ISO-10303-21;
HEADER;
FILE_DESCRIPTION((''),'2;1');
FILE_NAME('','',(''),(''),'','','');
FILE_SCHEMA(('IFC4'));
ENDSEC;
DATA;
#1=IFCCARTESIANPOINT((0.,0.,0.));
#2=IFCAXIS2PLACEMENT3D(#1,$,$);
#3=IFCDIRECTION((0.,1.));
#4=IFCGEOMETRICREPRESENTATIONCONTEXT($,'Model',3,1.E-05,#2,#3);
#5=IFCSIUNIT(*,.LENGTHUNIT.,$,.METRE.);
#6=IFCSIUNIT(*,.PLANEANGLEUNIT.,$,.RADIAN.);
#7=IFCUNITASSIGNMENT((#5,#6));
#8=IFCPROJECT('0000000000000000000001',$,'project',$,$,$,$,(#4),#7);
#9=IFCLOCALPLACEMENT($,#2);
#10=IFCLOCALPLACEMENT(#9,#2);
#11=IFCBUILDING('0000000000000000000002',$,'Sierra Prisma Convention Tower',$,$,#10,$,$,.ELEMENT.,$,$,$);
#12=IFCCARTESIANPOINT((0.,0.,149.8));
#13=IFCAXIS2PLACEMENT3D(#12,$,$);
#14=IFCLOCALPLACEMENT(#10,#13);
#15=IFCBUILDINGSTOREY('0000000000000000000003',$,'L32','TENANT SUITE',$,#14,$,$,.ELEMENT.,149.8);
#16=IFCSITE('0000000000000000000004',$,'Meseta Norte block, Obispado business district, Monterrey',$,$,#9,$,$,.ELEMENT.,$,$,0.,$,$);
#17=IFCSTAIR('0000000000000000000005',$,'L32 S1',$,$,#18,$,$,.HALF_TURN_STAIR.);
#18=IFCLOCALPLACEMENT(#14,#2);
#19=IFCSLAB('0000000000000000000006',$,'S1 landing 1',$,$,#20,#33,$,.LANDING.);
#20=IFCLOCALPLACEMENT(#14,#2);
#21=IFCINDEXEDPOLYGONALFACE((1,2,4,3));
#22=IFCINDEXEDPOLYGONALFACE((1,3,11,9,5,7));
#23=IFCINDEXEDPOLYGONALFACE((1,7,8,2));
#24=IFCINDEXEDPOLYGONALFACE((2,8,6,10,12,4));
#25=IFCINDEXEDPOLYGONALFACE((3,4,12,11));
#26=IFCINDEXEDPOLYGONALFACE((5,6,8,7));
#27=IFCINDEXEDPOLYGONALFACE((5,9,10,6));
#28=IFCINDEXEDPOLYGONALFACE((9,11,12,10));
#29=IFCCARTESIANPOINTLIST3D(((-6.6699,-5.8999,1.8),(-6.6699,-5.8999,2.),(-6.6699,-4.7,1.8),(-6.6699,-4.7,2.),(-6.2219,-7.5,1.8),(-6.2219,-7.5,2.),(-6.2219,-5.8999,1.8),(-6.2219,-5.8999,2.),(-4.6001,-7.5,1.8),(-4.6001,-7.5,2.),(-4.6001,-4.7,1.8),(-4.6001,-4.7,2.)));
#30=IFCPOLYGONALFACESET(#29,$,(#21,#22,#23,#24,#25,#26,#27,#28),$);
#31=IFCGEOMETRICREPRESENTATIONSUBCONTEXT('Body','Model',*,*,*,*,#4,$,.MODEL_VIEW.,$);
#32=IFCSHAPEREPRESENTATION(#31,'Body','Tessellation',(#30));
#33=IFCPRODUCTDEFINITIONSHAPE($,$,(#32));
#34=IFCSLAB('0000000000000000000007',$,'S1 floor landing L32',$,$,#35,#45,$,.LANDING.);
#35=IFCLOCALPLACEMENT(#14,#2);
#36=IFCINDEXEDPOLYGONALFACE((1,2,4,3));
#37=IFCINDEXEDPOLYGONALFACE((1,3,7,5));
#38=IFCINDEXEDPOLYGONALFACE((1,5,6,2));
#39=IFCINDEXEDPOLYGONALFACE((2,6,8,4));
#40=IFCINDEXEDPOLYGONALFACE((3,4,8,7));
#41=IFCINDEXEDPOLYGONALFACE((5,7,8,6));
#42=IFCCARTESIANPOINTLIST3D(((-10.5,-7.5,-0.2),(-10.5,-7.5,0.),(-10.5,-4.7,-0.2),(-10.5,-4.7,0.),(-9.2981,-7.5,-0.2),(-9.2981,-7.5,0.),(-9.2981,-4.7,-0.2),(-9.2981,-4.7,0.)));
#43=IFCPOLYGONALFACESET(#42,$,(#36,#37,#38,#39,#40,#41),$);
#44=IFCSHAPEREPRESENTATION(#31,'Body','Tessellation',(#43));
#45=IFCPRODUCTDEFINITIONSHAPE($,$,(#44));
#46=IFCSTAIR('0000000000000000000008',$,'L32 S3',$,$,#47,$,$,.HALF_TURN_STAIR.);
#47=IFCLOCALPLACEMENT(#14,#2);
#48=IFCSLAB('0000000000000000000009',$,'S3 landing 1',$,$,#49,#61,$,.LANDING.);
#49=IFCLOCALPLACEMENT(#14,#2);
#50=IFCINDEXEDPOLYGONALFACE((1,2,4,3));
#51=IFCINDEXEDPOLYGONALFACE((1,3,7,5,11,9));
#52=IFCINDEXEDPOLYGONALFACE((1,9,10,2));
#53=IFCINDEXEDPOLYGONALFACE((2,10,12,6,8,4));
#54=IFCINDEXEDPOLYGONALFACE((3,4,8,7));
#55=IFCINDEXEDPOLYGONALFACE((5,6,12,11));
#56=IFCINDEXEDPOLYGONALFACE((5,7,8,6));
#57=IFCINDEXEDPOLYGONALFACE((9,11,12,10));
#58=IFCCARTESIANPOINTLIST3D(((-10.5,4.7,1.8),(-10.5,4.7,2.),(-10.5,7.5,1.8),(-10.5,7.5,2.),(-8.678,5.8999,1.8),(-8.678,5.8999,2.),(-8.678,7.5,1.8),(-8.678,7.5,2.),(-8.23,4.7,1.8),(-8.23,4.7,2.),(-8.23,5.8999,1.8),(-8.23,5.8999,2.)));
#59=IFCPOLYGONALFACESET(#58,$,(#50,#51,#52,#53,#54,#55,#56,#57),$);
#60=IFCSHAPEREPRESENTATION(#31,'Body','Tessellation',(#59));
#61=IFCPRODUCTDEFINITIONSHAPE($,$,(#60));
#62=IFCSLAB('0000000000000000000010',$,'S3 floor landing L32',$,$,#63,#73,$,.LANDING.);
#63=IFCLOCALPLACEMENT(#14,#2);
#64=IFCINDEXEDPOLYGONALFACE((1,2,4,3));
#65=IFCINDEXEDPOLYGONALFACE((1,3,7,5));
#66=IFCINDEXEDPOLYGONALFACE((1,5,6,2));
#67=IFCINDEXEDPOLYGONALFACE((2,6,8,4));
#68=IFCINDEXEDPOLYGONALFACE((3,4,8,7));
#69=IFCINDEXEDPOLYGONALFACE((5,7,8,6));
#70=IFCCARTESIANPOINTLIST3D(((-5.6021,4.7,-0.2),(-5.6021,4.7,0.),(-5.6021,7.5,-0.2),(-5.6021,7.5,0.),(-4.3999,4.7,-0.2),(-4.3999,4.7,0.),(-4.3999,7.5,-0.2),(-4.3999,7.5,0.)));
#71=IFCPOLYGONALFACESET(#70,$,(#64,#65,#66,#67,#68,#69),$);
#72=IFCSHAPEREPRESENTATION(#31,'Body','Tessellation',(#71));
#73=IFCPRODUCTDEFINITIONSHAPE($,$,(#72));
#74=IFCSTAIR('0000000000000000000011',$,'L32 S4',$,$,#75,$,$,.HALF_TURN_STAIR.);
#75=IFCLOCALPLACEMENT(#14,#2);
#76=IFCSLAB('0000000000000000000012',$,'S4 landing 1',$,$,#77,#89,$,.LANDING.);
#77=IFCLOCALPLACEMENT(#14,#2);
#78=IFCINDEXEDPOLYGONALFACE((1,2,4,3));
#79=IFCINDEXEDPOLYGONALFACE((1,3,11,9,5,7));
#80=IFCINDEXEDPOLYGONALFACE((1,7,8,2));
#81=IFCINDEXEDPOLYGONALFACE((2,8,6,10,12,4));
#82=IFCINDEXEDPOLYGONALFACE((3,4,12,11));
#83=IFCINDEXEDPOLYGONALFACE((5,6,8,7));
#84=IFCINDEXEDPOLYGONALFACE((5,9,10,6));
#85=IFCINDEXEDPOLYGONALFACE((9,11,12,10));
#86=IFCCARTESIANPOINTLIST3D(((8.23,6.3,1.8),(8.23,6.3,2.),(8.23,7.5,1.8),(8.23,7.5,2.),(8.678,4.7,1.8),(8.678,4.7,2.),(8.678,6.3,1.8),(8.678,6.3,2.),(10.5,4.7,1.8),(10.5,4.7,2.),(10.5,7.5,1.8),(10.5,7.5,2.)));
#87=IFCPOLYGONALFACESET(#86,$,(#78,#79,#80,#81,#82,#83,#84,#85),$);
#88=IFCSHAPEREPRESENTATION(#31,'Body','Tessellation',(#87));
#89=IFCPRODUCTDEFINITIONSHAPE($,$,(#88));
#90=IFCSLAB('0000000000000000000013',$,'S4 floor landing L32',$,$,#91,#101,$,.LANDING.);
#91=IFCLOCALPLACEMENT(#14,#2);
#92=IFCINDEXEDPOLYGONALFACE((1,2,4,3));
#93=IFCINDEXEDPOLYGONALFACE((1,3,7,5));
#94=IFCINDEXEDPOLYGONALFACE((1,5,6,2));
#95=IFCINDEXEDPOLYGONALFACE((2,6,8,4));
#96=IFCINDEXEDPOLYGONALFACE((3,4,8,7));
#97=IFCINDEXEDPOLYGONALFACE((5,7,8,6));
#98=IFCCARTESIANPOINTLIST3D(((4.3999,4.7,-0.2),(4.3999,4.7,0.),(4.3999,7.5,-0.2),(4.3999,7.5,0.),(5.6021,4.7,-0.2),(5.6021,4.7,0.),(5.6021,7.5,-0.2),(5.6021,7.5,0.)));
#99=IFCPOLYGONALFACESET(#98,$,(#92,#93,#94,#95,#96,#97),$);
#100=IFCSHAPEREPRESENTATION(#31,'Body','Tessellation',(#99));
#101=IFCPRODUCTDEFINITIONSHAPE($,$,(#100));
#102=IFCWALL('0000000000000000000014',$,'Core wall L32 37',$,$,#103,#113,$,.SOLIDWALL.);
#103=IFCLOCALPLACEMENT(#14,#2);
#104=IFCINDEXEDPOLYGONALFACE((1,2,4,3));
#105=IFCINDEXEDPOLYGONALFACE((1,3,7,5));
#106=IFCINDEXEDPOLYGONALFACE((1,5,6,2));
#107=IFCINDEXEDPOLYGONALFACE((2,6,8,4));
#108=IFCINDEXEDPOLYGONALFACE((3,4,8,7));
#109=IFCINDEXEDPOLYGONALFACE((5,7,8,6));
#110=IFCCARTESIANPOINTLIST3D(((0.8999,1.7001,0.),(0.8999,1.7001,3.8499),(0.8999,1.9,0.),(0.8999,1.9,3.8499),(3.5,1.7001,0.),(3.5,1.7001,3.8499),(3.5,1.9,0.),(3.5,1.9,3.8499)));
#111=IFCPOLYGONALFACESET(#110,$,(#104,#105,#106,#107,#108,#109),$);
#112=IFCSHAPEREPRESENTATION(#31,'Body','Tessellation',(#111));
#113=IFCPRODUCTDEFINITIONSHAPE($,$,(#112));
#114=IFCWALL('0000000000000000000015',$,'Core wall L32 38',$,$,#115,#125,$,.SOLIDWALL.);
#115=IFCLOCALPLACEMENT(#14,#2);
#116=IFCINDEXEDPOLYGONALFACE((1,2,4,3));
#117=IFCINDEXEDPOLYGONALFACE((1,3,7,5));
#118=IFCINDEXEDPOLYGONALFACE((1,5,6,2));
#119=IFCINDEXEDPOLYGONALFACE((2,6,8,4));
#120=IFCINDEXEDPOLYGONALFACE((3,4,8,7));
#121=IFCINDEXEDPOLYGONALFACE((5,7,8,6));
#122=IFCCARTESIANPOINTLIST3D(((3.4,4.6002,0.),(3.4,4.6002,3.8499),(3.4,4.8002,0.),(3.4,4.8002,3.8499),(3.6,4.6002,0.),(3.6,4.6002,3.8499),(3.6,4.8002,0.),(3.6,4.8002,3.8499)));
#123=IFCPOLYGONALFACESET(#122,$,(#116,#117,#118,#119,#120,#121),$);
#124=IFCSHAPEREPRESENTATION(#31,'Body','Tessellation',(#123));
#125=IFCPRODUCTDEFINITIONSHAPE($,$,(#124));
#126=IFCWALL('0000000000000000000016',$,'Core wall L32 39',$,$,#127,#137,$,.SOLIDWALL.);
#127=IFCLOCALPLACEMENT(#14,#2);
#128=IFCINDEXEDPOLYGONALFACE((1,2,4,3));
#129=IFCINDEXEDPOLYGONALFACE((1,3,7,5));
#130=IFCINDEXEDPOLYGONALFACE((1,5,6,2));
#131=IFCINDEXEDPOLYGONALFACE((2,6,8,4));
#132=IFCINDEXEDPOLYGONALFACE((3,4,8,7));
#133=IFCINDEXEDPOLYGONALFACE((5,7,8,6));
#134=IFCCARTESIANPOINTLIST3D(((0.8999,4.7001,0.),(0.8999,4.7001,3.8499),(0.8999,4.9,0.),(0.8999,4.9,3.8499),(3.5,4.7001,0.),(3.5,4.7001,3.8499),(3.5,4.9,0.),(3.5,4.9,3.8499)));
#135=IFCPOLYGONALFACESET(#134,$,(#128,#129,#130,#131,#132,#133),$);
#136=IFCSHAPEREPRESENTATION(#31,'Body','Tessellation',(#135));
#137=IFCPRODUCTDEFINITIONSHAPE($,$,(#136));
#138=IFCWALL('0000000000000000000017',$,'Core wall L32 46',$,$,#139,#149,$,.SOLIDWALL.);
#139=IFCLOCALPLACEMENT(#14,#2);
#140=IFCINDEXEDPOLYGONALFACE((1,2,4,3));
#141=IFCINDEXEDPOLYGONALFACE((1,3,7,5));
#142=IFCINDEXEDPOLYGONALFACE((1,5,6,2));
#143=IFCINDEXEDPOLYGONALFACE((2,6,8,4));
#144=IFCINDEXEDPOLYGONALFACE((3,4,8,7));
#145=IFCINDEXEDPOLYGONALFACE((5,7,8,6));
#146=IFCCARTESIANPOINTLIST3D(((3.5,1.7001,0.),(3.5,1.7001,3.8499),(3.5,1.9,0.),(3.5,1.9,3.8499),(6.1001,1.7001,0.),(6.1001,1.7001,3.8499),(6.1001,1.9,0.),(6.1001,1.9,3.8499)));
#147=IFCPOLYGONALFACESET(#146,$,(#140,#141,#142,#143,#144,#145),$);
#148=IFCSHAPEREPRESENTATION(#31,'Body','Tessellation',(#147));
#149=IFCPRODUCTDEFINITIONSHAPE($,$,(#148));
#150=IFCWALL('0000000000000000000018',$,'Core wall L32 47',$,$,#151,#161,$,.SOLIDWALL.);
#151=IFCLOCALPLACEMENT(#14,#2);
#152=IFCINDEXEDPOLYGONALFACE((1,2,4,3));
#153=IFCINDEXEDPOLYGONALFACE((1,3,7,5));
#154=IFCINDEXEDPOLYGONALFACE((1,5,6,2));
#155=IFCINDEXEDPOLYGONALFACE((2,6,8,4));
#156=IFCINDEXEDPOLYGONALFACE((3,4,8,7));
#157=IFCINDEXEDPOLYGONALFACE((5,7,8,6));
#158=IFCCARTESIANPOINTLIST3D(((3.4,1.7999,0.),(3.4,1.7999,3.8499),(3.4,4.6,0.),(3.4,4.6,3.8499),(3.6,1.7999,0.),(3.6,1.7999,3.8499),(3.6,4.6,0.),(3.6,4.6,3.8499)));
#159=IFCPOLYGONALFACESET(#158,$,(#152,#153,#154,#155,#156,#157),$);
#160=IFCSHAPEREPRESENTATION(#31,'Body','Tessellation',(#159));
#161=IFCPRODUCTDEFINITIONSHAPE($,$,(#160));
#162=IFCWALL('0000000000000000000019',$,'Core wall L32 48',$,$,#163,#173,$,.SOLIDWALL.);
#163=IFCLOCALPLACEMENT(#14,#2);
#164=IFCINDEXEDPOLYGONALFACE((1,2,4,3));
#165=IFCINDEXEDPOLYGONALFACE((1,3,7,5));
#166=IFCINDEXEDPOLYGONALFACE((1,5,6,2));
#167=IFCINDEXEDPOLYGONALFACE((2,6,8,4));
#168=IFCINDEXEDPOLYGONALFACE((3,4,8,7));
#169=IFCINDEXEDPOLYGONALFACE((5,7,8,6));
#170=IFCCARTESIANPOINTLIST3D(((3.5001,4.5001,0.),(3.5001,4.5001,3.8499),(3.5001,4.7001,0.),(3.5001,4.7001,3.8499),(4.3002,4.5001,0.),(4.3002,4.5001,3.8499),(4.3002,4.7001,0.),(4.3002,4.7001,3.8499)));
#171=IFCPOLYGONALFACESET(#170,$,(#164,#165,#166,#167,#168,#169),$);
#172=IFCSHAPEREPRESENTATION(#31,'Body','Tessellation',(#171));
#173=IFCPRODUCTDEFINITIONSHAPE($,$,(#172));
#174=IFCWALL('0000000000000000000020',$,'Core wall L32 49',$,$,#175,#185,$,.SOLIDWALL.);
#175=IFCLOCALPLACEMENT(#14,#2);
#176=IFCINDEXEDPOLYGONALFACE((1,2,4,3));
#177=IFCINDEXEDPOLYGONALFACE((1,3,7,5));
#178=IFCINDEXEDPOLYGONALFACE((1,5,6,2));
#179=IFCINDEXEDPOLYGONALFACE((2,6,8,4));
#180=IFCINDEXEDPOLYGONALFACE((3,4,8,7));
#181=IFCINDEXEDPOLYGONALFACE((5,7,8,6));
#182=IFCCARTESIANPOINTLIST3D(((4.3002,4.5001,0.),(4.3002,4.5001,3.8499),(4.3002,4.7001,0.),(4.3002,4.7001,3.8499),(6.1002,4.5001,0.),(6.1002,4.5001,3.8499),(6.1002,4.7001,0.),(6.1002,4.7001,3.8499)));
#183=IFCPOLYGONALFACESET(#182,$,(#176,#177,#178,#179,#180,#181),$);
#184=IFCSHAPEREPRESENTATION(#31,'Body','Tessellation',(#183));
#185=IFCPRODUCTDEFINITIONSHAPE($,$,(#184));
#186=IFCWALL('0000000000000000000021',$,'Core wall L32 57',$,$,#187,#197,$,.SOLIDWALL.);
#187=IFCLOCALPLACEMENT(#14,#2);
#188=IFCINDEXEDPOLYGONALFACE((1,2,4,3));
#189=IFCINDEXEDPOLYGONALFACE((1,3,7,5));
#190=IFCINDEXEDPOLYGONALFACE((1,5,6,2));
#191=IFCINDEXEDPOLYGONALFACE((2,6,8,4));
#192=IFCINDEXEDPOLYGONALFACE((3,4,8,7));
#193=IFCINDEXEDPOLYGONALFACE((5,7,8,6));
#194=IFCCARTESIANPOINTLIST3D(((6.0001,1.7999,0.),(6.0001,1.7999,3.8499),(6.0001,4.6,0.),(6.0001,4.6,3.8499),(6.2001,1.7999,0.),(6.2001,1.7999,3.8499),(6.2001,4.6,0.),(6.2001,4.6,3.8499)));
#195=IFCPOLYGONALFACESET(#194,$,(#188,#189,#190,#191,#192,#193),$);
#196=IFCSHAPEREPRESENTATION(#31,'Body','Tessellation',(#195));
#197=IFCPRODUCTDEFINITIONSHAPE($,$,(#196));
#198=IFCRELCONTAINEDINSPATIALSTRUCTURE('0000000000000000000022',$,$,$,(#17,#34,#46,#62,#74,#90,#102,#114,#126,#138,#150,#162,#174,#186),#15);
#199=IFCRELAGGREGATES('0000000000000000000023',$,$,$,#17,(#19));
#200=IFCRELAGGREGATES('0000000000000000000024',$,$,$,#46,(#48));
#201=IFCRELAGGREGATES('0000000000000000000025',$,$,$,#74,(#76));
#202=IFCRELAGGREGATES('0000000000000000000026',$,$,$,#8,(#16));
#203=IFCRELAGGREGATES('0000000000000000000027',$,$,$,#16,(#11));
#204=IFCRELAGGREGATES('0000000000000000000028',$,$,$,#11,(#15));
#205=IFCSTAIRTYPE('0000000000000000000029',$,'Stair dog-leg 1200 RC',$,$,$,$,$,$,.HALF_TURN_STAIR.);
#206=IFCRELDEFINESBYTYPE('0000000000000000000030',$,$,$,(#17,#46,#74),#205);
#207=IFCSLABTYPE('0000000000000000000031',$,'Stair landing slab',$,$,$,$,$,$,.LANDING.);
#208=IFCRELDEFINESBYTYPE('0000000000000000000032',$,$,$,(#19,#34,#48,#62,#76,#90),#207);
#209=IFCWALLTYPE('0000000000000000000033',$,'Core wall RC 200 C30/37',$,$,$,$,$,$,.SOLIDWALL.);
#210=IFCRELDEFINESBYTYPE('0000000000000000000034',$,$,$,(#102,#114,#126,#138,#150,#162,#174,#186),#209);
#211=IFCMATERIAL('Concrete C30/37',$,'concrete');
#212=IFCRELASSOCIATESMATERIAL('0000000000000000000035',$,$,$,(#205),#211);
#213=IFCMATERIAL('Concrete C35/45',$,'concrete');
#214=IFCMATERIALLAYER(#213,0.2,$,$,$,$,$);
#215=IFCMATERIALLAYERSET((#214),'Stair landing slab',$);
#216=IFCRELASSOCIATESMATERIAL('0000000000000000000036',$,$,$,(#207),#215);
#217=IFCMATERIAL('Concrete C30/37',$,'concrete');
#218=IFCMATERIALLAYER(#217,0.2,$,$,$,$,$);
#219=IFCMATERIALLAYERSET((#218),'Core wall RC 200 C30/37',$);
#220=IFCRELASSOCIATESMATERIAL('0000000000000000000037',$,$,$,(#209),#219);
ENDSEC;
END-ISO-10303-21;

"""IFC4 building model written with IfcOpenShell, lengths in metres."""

from ifc_helpers import new_model, si_unit, direction, frame, frame_2d, origin, place, context, subcontext, project, spatial, polyline, rectangle, outline, extrude, material, layer, layer_set, type_object, element, aggregate, save


model = new_model("IFC4")

# Units and contexts
model_context = context("Model", 3, precision=1e-05, world=origin(), true_north=direction((0.0, 1.0)))
body_context = subcontext(model_context, "Body", "Model", "MODEL_VIEW")
ifc_project = project(units=[si_unit("LENGTHUNIT", "METRE"), si_unit("PLANEANGLEUNIT", "RADIAN")], contexts=[model_context])

# Site, building, storey
site_placement = place(None, origin())
site = spatial("IfcSite", under=ifc_project, at=site_placement, Name="Meseta Norte block, Obispado business district, Monterrey", CompositionType="ELEMENT", RefElevation=0.0)
building_placement = place(site_placement, origin())
building = spatial("IfcBuilding", under=site, at=building_placement, Name="Sierra Prisma Convention Tower", CompositionType="ELEMENT")
storey_placement = place(building_placement, frame((0.0, 0.0, 149.8)))
storey = spatial("IfcBuildingStorey", under=building, at=storey_placement, Name="L32", Description="TENANT SUITE", CompositionType="ELEMENT", Elevation=149.8)

# Stair, slab
ifc_material_1 = material(Name="Concrete C30/37", Category="concrete")
stair_type = type_object("IfcStairType", Name="Stair dog-leg 1200 RC", PredefinedType="HALF_TURN_STAIR", material=ifc_material_1)
stair_1_placement = place(storey_placement, origin())
stair_1 = element("IfcStair", 1, at=stair_1_placement, inside=storey, type_object=stair_type, Name="L32 S1", PredefinedType="HALF_TURN_STAIR")
ifc_material_2 = material(Name="Concrete C35/45", Category="concrete")
ifc_layer_1 = layer(ifc_material_2, 0.2)
ifc_layer_set_1 = layer_set([ifc_layer_1], Name="Stair landing slab")
slab_type = type_object("IfcSlabType", Name="Stair landing slab", PredefinedType="LANDING", material=ifc_layer_set_1)
slab_1_placement = place(storey_placement, frame((0.0, 0.0, 1.8)))
slab_1 = element("IfcSlab", 2, at=slab_1_placement, type_object=slab_type, Name="S1 landing 1", PredefinedType="LANDING", context=body_context, shape_type="SweptSolid", body=[
    extrude(outline(polyline([(-4.6001, -4.7), (-4.6001, -7.5), (-6.2219, -7.5), (-6.2219, -5.8999), (-6.6699, -5.8999), (-6.6699, -4.7), (-4.6001, -4.7)])), origin(), (0.0, 0.0, 1.0), 0.2),
])
aggregate(stair_1, [slab_1])

# Slab
slab_2_placement = place(storey_placement, frame((0.0, 0.0, -0.2)))
element("IfcSlab", 3, at=slab_2_placement, inside=storey, type_object=slab_type, Name="S1 floor landing L32", PredefinedType="LANDING", context=body_context, shape_type="SweptSolid", body=[
    extrude(outline(polyline([(-10.5, -7.5), (-9.2981, -7.5), (-9.2981, -4.7), (-10.5, -4.7), (-10.5, -7.5)])), origin(), (0.0, 0.0, 1.0), 0.2),
])

# Stair, slab
stair_2_placement = place(storey_placement, origin())
stair_2 = element("IfcStair", 4, at=stair_2_placement, inside=storey, type_object=stair_type, Name="L32 S3", PredefinedType="HALF_TURN_STAIR")
slab_3_placement = place(storey_placement, frame((0.0, 0.0, 1.8)))
slab_3 = element("IfcSlab", 5, at=slab_3_placement, type_object=slab_type, Name="S3 landing 1", PredefinedType="LANDING", context=body_context, shape_type="SweptSolid", body=[
    extrude(outline(polyline([(-8.23, 5.8999), (-8.23, 4.7), (-10.5, 4.7), (-10.5, 7.5), (-8.678, 7.5), (-8.678, 5.8999), (-8.23, 5.8999)])), origin(), (0.0, 0.0, 1.0), 0.2),
])
aggregate(stair_2, [slab_3])

# Slab
slab_4_placement = place(storey_placement, frame((0.0, 0.0, -0.2)))
element("IfcSlab", 6, at=slab_4_placement, inside=storey, type_object=slab_type, Name="S3 floor landing L32", PredefinedType="LANDING", context=body_context, shape_type="SweptSolid", body=[
    extrude(outline(polyline([(-4.3999, 7.5), (-5.6021, 7.5), (-5.6021, 4.7), (-4.3999, 4.7), (-4.3999, 7.5)])), origin(), (0.0, 0.0, 1.0), 0.2),
])

# Stair, slab
stair_3_placement = place(storey_placement, origin())
stair_3 = element("IfcStair", 7, at=stair_3_placement, inside=storey, type_object=stair_type, Name="L32 S4", PredefinedType="HALF_TURN_STAIR")
slab_5_placement = place(storey_placement, frame((0.0, 0.0, 1.8)))
slab_5 = element("IfcSlab", 8, at=slab_5_placement, type_object=slab_type, Name="S4 landing 1", PredefinedType="LANDING", context=body_context, shape_type="SweptSolid", body=[
    extrude(outline(polyline([(10.5, 7.5), (10.5, 4.7), (8.678, 4.7), (8.678, 6.3), (8.23, 6.3), (8.23, 7.5), (10.5, 7.5)])), origin(), (0.0, 0.0, 1.0), 0.2),
])

# Slab
slab_6_placement = place(storey_placement, frame((0.0, 0.0, -0.2)))
element("IfcSlab", 9, at=slab_6_placement, inside=storey, type_object=slab_type, Name="S4 floor landing L32", PredefinedType="LANDING", context=body_context, shape_type="SweptSolid", body=[
    extrude(outline(polyline([(4.3999, 4.7), (5.6021, 4.7), (5.6021, 7.5), (4.3999, 7.5), (4.3999, 4.7)])), origin(), (0.0, 0.0, 1.0), 0.2),
])

# Shared definitions
ifc_material_3 = material(Name="Concrete C30/37", Category="concrete")
ifc_layer_2 = layer(ifc_material_3, 0.2)
ifc_layer_set_2 = layer_set([ifc_layer_2], Name="Core wall RC 200 C30/37")
wall_type_1 = type_object("IfcWallType", Name="Core wall RC 200 C30/37", PredefinedType="SOLIDWALL", material=ifc_layer_set_2)

# Walls
wall_1_placement = place(storey_placement, frame((3.5, 1.8, 0.0), z_axis=(0.0, 0.0, 1.0), x_axis=(-1.0, 0.0, 0.0)))
element("IfcWall", 10, at=wall_1_placement, inside=storey, type_object=wall_type_1, Name="Core wall L32 37", PredefinedType="SOLIDWALL", context=body_context, shape_type="SweptSolid", body=[
    extrude(rectangle(XDim=2.6001, YDim=0.2, at=frame_2d((1.3, 0.0))), origin(), (0.0, 0.0, 1.0), 3.8499),
])
wall_2_placement = place(storey_placement, frame((3.5, 4.6001, 0.0), z_axis=(0.0, 0.0, 1.0), x_axis=(0.0, 1.0, 0.0)))
element("IfcWall", 11, at=wall_2_placement, inside=storey, type_object=wall_type_1, Name="Core wall L32 38", PredefinedType="SOLIDWALL", context=body_context, shape_type="SweptSolid", body=[
    extrude(rectangle(XDim=0.2, YDim=0.2, at=frame_2d((0.1001, 0.0))), origin(), (0.0, 0.0, 1.0), 3.8499),
])
wall_3_placement = place(storey_placement, frame((3.5, 4.8, 0.0), z_axis=(0.0, 0.0, 1.0), x_axis=(-1.0, 0.0, 0.0)))
element("IfcWall", 12, at=wall_3_placement, inside=storey, type_object=wall_type_1, Name="Core wall L32 39", PredefinedType="SOLIDWALL", context=body_context, shape_type="SweptSolid", body=[
    extrude(rectangle(XDim=2.6001, YDim=0.2, at=frame_2d((1.3, 0.0))), origin(), (0.0, 0.0, 1.0), 3.8499),
])

# Walls
wall_4_placement = place(storey_placement, frame((6.1001, 1.8, 0.0), z_axis=(0.0, 0.0, 1.0), x_axis=(-1.0, 0.0, 0.0)))
element("IfcWall", 13, at=wall_4_placement, inside=storey, type_object=wall_type_1, Name="Core wall L32 46", PredefinedType="SOLIDWALL", context=body_context, shape_type="SweptSolid", body=[
    extrude(rectangle(XDim=2.6001, YDim=0.2, at=frame_2d((1.3, 0.0))), origin(), (0.0, 0.0, 1.0), 3.8499),
])
wall_5_placement = place(storey_placement, frame((3.5, 1.8, 0.0), z_axis=(0.0, 0.0, 1.0), x_axis=(0.0, 1.0, 0.0)))
element("IfcWall", 14, at=wall_5_placement, inside=storey, type_object=wall_type_1, Name="Core wall L32 47", PredefinedType="SOLIDWALL", context=body_context, shape_type="SweptSolid", body=[
    extrude(rectangle(XDim=2.8, YDim=0.2, at=frame_2d((1.3999, 0.0))), origin(), (0.0, 0.0, 1.0), 3.8499),
])
wall_6_placement = place(storey_placement, frame((4.3, 4.6001, 0.0), z_axis=(0.0, 0.0, 1.0), x_axis=(-1.0, 0.0, 0.0)))
element("IfcWall", 15, at=wall_6_placement, inside=storey, type_object=wall_type_1, Name="Core wall L32 48", PredefinedType="SOLIDWALL", context=body_context, shape_type="SweptSolid", body=[
    extrude(rectangle(XDim=0.8, YDim=0.2, at=frame_2d((0.3999, 0.0))), origin(), (0.0, 0.0, 1.0), 3.8499),
])
wall_7_placement = place(storey_placement, frame((6.1001, 4.6001, 0.0), z_axis=(0.0, 0.0, 1.0), x_axis=(-1.0, 0.0, 0.0)))
element("IfcWall", 16, at=wall_7_placement, inside=storey, type_object=wall_type_1, Name="Core wall L32 49", PredefinedType="SOLIDWALL", context=body_context, shape_type="SweptSolid", body=[
    extrude(rectangle(XDim=1.8, YDim=0.2, at=frame_2d((0.8999, 0.0))), origin(), (0.0, 0.0, 1.0), 3.8499),
])

# Wall
wall_8_placement = place(storey_placement, frame((6.1001, 1.8, 0.0), z_axis=(0.0, 0.0, 1.0), x_axis=(0.0, 1.0, 0.0)))
element("IfcWall", 17, at=wall_8_placement, inside=storey, type_object=wall_type_1, Name="Core wall L32 57", PredefinedType="SOLIDWALL", context=body_context, shape_type="SweptSolid", body=[
    extrude(rectangle(XDim=2.8, YDim=0.2, at=frame_2d((1.3999, 0.0))), origin(), (0.0, 0.0, 1.0), 3.8499),
])

aggregate(stair_3, [slab_5])

save(model, "model.ifc")
